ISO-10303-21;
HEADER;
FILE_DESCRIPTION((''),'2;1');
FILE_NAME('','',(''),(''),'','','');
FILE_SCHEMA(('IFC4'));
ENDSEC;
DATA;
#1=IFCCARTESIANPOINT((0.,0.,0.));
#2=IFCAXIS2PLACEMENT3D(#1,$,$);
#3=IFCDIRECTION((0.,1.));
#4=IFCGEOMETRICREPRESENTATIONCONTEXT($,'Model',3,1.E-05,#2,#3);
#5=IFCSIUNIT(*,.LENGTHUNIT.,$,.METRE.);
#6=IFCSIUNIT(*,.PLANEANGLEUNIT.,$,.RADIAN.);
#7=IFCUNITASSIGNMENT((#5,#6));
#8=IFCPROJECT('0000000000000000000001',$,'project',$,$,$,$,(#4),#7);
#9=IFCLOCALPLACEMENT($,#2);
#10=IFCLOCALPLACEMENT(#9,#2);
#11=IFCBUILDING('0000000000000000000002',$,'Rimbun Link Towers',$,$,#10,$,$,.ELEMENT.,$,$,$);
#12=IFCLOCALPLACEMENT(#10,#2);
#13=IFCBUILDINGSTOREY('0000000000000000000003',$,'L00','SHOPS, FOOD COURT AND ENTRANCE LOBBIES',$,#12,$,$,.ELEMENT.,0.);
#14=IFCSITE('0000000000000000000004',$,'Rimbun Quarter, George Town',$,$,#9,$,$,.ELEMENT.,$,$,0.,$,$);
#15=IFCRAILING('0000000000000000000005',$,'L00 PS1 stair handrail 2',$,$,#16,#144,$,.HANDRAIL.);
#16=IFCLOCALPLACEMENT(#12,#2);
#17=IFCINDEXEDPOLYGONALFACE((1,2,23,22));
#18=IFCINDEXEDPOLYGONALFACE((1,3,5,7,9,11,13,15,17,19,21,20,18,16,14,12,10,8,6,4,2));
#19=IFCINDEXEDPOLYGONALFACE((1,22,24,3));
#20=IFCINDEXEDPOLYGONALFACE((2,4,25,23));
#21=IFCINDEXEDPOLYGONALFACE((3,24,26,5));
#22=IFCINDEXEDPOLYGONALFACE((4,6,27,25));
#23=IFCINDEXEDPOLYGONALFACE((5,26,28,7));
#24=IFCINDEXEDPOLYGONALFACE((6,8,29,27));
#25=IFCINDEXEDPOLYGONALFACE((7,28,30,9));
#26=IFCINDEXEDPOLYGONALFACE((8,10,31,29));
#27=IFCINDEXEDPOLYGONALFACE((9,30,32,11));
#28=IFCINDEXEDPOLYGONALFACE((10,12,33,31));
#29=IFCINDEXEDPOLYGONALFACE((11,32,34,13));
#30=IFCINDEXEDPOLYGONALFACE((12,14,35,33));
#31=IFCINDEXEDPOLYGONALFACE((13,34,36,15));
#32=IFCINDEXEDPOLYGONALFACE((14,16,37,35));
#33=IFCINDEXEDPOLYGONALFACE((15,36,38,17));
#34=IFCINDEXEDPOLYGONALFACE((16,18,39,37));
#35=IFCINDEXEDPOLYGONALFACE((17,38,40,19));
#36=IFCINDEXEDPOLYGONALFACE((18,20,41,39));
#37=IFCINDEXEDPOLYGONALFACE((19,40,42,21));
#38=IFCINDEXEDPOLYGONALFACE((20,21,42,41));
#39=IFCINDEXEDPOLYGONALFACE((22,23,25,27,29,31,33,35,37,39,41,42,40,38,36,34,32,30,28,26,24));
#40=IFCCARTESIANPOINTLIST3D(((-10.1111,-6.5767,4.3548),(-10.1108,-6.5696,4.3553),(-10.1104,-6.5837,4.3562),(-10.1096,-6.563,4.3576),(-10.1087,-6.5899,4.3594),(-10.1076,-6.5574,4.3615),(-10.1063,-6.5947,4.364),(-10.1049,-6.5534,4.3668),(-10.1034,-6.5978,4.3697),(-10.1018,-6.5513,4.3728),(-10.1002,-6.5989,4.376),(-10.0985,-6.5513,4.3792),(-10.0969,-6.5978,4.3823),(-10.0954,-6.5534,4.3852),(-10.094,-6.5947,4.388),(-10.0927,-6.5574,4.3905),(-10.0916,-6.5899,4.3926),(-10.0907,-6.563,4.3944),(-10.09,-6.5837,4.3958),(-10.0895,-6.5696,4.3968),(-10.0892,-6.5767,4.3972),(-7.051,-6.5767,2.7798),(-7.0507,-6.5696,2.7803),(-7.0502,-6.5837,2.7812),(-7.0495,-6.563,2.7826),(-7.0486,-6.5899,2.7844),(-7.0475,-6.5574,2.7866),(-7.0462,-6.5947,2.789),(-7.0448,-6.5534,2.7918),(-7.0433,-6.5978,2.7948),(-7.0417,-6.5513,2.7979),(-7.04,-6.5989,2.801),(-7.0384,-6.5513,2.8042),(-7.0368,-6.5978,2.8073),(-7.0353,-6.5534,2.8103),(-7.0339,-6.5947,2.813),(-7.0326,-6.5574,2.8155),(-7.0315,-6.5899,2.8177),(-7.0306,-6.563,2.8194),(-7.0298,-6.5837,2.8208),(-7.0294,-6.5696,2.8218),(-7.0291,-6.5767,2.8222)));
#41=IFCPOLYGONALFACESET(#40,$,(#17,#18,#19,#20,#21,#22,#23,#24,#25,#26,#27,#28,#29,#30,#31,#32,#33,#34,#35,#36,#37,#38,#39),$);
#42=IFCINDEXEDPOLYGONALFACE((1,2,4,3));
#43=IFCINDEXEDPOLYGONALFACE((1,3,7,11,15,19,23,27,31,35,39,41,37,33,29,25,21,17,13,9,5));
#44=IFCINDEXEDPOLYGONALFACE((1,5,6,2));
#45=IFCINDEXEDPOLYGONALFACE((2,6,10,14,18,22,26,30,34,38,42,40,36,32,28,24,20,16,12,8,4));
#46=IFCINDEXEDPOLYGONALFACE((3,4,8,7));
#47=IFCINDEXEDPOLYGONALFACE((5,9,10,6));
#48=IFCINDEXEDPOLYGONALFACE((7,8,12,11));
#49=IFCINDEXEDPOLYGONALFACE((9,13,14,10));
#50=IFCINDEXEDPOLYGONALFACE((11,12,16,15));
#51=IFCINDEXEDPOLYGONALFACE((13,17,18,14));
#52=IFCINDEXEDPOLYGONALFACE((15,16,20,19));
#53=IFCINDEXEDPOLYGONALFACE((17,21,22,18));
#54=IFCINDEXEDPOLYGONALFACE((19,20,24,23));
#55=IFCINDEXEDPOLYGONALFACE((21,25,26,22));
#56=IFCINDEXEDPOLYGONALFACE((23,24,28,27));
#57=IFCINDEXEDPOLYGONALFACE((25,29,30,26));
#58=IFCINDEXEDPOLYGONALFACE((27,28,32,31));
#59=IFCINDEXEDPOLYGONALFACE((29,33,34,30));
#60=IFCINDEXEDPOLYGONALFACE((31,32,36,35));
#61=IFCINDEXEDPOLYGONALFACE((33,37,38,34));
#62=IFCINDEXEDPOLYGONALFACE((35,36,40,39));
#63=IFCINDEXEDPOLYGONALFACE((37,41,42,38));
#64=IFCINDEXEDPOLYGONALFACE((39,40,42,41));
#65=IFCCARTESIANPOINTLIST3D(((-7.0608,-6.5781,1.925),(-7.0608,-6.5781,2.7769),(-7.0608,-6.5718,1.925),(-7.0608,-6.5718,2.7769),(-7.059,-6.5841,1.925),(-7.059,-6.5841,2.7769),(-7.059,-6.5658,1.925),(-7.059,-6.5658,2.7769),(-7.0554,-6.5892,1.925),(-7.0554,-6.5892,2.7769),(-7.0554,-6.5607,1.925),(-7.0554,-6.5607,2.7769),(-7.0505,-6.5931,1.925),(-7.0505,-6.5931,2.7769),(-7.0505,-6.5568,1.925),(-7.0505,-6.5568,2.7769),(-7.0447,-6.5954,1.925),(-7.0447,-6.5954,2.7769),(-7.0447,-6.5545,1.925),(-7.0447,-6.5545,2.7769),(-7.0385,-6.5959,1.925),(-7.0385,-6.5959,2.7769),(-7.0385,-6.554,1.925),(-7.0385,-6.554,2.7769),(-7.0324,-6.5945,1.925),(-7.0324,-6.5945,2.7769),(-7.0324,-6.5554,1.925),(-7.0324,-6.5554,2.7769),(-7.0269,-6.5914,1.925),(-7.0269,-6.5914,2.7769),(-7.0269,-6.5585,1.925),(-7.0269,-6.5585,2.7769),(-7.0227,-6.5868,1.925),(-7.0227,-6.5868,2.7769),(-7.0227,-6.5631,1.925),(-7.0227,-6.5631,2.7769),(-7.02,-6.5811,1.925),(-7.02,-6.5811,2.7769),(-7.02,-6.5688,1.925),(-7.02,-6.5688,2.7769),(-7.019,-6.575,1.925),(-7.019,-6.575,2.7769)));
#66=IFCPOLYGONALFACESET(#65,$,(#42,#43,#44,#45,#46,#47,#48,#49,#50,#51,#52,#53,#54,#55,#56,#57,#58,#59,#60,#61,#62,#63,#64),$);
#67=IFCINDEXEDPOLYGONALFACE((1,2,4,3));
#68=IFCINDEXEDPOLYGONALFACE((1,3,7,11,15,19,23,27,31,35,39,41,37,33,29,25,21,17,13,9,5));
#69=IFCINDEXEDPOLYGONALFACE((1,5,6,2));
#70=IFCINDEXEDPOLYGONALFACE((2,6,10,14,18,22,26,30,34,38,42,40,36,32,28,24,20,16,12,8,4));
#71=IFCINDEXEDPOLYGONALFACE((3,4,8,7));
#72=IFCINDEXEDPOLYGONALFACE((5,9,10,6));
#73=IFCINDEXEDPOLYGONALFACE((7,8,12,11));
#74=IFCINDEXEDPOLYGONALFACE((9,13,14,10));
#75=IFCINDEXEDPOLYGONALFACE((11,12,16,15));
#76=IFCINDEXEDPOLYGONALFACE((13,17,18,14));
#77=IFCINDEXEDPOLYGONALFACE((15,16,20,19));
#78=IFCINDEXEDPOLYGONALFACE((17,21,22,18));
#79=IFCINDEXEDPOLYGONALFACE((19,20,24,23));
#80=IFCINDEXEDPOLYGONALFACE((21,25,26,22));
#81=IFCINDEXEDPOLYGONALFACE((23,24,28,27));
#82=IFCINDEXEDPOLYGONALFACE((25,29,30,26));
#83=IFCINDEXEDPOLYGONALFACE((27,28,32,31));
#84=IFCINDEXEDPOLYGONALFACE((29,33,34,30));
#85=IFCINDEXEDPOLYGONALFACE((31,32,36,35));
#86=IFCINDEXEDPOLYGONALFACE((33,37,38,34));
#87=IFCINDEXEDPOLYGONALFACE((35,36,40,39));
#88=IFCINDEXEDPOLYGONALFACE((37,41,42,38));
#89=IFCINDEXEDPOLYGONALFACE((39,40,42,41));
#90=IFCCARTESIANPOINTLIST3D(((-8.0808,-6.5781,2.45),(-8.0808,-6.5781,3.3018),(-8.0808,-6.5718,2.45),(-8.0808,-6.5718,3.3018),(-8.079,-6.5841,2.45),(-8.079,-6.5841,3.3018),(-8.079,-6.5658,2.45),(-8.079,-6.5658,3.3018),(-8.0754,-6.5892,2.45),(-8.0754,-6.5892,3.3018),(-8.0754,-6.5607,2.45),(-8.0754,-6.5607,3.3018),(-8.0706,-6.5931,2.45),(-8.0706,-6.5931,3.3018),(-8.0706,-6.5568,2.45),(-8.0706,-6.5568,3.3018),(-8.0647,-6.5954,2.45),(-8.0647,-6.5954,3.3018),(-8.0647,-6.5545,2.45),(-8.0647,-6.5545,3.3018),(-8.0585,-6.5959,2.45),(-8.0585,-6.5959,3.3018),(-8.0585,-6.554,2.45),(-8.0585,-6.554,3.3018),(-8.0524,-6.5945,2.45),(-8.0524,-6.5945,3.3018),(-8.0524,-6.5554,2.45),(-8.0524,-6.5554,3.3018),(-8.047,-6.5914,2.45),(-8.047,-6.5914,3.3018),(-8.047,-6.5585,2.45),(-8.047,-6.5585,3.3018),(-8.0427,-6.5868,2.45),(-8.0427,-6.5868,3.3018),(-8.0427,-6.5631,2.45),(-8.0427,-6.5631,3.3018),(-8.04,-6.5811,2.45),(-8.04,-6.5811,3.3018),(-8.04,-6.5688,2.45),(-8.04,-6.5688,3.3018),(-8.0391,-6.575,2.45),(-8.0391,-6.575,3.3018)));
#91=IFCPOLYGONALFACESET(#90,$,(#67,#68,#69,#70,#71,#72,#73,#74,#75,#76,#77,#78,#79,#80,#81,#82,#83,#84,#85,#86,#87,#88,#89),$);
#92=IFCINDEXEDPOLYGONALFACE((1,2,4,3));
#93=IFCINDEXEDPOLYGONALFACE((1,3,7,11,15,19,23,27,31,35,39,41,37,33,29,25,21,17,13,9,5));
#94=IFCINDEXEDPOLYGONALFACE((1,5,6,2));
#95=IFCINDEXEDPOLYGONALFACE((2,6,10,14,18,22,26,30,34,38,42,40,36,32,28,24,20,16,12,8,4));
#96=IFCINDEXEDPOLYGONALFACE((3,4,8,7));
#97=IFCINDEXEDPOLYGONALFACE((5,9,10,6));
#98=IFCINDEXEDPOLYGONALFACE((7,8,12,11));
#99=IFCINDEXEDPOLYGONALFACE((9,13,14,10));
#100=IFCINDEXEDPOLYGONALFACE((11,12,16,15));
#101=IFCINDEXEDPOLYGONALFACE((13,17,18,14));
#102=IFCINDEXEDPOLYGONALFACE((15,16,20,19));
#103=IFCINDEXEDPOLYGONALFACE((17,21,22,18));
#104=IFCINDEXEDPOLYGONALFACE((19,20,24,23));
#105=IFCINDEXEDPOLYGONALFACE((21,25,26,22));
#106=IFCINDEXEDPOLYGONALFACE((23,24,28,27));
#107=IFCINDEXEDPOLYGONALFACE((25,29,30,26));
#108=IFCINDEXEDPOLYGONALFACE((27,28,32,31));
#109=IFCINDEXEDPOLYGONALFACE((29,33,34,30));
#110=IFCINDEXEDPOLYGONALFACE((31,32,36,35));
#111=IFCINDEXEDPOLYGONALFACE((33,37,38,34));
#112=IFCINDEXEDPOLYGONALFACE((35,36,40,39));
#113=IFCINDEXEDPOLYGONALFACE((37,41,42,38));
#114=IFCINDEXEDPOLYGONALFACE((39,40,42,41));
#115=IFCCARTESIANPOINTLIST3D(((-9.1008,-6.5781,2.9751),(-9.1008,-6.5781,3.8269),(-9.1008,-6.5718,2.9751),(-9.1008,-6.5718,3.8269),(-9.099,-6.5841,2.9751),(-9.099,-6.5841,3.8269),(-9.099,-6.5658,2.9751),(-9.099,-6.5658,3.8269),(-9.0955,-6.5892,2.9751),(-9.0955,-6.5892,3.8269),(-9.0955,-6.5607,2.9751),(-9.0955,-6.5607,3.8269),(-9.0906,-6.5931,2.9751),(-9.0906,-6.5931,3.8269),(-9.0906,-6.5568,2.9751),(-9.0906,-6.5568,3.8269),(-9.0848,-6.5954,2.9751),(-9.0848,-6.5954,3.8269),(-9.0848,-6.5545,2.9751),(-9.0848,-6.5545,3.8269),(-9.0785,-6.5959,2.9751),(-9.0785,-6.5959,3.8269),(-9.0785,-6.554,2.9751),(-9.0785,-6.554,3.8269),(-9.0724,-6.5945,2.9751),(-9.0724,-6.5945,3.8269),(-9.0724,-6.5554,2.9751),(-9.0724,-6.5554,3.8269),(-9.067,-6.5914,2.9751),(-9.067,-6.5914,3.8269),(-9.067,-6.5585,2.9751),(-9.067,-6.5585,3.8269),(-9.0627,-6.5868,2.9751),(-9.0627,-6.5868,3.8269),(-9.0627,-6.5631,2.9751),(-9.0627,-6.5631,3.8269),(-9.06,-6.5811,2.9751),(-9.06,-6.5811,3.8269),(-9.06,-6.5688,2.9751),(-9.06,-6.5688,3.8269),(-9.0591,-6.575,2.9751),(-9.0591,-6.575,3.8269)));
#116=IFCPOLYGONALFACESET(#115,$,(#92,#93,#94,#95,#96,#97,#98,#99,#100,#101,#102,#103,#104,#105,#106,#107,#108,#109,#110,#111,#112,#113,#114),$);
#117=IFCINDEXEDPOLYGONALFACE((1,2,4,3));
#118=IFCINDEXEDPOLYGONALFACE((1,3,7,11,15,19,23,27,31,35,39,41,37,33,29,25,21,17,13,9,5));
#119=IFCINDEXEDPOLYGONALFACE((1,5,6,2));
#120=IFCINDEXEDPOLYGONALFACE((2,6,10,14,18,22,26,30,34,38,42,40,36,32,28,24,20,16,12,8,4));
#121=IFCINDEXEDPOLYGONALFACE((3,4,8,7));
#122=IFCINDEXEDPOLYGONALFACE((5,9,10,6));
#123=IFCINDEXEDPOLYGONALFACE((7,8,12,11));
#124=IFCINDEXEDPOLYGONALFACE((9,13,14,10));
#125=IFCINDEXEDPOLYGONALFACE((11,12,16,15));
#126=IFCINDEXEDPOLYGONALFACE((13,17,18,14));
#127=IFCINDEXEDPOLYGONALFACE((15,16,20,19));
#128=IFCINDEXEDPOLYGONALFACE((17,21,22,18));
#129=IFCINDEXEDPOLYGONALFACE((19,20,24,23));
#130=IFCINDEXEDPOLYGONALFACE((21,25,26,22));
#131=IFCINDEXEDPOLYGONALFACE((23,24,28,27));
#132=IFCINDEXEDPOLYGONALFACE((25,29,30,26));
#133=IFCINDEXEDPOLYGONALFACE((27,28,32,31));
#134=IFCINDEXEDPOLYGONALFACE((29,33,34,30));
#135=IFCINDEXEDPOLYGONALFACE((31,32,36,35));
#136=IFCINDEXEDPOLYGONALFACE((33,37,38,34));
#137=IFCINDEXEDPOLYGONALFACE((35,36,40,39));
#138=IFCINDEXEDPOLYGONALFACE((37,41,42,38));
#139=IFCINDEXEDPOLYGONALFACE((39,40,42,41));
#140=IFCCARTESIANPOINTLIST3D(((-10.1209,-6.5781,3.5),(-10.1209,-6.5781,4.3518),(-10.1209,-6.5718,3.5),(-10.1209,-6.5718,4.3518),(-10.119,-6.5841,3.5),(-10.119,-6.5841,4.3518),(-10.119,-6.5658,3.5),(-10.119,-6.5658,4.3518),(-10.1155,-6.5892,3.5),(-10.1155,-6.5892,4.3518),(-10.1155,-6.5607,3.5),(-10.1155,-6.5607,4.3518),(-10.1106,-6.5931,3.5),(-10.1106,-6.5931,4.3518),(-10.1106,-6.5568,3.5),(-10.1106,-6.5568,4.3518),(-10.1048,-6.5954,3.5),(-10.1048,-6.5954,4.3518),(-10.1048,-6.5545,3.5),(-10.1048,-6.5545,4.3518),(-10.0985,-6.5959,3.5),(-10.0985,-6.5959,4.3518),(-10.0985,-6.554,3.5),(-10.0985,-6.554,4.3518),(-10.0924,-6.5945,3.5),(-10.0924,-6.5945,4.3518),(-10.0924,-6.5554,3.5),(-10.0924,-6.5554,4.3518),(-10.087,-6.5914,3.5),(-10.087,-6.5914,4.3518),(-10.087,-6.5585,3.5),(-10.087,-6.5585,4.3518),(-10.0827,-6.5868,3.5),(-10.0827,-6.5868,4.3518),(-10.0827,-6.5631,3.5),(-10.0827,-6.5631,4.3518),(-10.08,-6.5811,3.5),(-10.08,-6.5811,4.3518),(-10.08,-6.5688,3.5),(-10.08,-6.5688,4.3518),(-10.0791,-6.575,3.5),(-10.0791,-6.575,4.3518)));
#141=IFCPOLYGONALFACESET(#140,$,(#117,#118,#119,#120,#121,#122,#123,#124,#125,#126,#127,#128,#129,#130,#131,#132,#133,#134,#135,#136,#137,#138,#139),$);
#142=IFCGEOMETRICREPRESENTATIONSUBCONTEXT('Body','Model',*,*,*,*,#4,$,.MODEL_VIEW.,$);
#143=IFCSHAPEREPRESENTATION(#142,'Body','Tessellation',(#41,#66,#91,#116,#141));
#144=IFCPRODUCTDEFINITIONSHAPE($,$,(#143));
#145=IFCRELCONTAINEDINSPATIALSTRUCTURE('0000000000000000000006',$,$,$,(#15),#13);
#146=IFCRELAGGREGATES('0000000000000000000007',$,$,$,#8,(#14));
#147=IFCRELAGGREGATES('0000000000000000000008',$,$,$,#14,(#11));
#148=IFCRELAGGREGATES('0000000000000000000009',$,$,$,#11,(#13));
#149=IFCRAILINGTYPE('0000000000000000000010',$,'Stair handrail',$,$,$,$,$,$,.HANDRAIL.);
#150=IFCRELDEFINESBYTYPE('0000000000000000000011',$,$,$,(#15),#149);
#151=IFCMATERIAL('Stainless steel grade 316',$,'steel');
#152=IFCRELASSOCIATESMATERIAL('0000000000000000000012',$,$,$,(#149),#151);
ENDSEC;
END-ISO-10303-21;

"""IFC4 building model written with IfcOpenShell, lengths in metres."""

from ifc_helpers import new_model, si_unit, direction, frame, origin, origin_2d, place, context, subcontext, project, spatial, circle, extrude, material, type_object, element, save


model = new_model("IFC4")

# Units and contexts
model_context = context("Model", 3, precision=1e-05, world=origin(), true_north=direction((0.0, 1.0)))
body_context = subcontext(model_context, "Body", "Model", "MODEL_VIEW")
ifc_project = project(units=[si_unit("LENGTHUNIT", "METRE"), si_unit("PLANEANGLEUNIT", "RADIAN")], contexts=[model_context])

# Site, building, storey
site_placement = place(None, origin())
site = spatial("IfcSite", under=ifc_project, at=site_placement, Name="Rimbun Quarter, George Town", CompositionType="ELEMENT", RefElevation=0.0)
building_placement = place(site_placement, origin())
building = spatial("IfcBuilding", under=site, at=building_placement, Name="Rimbun Link Towers", CompositionType="ELEMENT")
storey_placement = place(building_placement, origin())
storey = spatial("IfcBuildingStorey", under=building, at=storey_placement, Name="L00", Description="SHOPS, FOOD COURT AND ENTRANCE LOBBIES", CompositionType="ELEMENT", Elevation=0.0)

# Railing
ifc_material_1 = material(Name="Stainless steel grade 316", Category="steel")
railing_type_1 = type_object("IfcRailingType", Name="Stair handrail", PredefinedType="HANDRAIL", material=ifc_material_1)
railing_1_placement = place(storey_placement, frame((-7.04, -6.575, 1.925)))
element("IfcRailing", 1, at=railing_1_placement, inside=storey, type_object=railing_type_1, Name="L00 PS1 stair handrail 2", PredefinedType="HANDRAIL", context=body_context, shape_type="SweptSolid", body=[
    extrude(circle(Radius=0.0239, at=origin_2d()), frame((0.0, 0.0, 0.876), z_axis=(-0.889145, 0.0, 0.457625), x_axis=(0.0, -1.0, 0.0)), (0.0, 0.0, 1.0), 3.4417),
    extrude(circle(Radius=0.021, at=origin_2d()), origin(), (0.0, 0.0, 1.0), 0.8518),
    extrude(circle(Radius=0.021, at=origin_2d()), frame((-1.02, 0.0, 0.5249)), (0.0, 0.0, 1.0), 0.8518),
    extrude(circle(Radius=0.021, at=origin_2d()), frame((-2.04, 0.0, 1.05)), (0.0, 0.0, 1.0), 0.8518),
    extrude(circle(Radius=0.021, at=origin_2d()), frame((-3.0601, 0.0, 1.575)), (0.0, 0.0, 1.0), 0.8518),
])

save(model, "model.ifc")
